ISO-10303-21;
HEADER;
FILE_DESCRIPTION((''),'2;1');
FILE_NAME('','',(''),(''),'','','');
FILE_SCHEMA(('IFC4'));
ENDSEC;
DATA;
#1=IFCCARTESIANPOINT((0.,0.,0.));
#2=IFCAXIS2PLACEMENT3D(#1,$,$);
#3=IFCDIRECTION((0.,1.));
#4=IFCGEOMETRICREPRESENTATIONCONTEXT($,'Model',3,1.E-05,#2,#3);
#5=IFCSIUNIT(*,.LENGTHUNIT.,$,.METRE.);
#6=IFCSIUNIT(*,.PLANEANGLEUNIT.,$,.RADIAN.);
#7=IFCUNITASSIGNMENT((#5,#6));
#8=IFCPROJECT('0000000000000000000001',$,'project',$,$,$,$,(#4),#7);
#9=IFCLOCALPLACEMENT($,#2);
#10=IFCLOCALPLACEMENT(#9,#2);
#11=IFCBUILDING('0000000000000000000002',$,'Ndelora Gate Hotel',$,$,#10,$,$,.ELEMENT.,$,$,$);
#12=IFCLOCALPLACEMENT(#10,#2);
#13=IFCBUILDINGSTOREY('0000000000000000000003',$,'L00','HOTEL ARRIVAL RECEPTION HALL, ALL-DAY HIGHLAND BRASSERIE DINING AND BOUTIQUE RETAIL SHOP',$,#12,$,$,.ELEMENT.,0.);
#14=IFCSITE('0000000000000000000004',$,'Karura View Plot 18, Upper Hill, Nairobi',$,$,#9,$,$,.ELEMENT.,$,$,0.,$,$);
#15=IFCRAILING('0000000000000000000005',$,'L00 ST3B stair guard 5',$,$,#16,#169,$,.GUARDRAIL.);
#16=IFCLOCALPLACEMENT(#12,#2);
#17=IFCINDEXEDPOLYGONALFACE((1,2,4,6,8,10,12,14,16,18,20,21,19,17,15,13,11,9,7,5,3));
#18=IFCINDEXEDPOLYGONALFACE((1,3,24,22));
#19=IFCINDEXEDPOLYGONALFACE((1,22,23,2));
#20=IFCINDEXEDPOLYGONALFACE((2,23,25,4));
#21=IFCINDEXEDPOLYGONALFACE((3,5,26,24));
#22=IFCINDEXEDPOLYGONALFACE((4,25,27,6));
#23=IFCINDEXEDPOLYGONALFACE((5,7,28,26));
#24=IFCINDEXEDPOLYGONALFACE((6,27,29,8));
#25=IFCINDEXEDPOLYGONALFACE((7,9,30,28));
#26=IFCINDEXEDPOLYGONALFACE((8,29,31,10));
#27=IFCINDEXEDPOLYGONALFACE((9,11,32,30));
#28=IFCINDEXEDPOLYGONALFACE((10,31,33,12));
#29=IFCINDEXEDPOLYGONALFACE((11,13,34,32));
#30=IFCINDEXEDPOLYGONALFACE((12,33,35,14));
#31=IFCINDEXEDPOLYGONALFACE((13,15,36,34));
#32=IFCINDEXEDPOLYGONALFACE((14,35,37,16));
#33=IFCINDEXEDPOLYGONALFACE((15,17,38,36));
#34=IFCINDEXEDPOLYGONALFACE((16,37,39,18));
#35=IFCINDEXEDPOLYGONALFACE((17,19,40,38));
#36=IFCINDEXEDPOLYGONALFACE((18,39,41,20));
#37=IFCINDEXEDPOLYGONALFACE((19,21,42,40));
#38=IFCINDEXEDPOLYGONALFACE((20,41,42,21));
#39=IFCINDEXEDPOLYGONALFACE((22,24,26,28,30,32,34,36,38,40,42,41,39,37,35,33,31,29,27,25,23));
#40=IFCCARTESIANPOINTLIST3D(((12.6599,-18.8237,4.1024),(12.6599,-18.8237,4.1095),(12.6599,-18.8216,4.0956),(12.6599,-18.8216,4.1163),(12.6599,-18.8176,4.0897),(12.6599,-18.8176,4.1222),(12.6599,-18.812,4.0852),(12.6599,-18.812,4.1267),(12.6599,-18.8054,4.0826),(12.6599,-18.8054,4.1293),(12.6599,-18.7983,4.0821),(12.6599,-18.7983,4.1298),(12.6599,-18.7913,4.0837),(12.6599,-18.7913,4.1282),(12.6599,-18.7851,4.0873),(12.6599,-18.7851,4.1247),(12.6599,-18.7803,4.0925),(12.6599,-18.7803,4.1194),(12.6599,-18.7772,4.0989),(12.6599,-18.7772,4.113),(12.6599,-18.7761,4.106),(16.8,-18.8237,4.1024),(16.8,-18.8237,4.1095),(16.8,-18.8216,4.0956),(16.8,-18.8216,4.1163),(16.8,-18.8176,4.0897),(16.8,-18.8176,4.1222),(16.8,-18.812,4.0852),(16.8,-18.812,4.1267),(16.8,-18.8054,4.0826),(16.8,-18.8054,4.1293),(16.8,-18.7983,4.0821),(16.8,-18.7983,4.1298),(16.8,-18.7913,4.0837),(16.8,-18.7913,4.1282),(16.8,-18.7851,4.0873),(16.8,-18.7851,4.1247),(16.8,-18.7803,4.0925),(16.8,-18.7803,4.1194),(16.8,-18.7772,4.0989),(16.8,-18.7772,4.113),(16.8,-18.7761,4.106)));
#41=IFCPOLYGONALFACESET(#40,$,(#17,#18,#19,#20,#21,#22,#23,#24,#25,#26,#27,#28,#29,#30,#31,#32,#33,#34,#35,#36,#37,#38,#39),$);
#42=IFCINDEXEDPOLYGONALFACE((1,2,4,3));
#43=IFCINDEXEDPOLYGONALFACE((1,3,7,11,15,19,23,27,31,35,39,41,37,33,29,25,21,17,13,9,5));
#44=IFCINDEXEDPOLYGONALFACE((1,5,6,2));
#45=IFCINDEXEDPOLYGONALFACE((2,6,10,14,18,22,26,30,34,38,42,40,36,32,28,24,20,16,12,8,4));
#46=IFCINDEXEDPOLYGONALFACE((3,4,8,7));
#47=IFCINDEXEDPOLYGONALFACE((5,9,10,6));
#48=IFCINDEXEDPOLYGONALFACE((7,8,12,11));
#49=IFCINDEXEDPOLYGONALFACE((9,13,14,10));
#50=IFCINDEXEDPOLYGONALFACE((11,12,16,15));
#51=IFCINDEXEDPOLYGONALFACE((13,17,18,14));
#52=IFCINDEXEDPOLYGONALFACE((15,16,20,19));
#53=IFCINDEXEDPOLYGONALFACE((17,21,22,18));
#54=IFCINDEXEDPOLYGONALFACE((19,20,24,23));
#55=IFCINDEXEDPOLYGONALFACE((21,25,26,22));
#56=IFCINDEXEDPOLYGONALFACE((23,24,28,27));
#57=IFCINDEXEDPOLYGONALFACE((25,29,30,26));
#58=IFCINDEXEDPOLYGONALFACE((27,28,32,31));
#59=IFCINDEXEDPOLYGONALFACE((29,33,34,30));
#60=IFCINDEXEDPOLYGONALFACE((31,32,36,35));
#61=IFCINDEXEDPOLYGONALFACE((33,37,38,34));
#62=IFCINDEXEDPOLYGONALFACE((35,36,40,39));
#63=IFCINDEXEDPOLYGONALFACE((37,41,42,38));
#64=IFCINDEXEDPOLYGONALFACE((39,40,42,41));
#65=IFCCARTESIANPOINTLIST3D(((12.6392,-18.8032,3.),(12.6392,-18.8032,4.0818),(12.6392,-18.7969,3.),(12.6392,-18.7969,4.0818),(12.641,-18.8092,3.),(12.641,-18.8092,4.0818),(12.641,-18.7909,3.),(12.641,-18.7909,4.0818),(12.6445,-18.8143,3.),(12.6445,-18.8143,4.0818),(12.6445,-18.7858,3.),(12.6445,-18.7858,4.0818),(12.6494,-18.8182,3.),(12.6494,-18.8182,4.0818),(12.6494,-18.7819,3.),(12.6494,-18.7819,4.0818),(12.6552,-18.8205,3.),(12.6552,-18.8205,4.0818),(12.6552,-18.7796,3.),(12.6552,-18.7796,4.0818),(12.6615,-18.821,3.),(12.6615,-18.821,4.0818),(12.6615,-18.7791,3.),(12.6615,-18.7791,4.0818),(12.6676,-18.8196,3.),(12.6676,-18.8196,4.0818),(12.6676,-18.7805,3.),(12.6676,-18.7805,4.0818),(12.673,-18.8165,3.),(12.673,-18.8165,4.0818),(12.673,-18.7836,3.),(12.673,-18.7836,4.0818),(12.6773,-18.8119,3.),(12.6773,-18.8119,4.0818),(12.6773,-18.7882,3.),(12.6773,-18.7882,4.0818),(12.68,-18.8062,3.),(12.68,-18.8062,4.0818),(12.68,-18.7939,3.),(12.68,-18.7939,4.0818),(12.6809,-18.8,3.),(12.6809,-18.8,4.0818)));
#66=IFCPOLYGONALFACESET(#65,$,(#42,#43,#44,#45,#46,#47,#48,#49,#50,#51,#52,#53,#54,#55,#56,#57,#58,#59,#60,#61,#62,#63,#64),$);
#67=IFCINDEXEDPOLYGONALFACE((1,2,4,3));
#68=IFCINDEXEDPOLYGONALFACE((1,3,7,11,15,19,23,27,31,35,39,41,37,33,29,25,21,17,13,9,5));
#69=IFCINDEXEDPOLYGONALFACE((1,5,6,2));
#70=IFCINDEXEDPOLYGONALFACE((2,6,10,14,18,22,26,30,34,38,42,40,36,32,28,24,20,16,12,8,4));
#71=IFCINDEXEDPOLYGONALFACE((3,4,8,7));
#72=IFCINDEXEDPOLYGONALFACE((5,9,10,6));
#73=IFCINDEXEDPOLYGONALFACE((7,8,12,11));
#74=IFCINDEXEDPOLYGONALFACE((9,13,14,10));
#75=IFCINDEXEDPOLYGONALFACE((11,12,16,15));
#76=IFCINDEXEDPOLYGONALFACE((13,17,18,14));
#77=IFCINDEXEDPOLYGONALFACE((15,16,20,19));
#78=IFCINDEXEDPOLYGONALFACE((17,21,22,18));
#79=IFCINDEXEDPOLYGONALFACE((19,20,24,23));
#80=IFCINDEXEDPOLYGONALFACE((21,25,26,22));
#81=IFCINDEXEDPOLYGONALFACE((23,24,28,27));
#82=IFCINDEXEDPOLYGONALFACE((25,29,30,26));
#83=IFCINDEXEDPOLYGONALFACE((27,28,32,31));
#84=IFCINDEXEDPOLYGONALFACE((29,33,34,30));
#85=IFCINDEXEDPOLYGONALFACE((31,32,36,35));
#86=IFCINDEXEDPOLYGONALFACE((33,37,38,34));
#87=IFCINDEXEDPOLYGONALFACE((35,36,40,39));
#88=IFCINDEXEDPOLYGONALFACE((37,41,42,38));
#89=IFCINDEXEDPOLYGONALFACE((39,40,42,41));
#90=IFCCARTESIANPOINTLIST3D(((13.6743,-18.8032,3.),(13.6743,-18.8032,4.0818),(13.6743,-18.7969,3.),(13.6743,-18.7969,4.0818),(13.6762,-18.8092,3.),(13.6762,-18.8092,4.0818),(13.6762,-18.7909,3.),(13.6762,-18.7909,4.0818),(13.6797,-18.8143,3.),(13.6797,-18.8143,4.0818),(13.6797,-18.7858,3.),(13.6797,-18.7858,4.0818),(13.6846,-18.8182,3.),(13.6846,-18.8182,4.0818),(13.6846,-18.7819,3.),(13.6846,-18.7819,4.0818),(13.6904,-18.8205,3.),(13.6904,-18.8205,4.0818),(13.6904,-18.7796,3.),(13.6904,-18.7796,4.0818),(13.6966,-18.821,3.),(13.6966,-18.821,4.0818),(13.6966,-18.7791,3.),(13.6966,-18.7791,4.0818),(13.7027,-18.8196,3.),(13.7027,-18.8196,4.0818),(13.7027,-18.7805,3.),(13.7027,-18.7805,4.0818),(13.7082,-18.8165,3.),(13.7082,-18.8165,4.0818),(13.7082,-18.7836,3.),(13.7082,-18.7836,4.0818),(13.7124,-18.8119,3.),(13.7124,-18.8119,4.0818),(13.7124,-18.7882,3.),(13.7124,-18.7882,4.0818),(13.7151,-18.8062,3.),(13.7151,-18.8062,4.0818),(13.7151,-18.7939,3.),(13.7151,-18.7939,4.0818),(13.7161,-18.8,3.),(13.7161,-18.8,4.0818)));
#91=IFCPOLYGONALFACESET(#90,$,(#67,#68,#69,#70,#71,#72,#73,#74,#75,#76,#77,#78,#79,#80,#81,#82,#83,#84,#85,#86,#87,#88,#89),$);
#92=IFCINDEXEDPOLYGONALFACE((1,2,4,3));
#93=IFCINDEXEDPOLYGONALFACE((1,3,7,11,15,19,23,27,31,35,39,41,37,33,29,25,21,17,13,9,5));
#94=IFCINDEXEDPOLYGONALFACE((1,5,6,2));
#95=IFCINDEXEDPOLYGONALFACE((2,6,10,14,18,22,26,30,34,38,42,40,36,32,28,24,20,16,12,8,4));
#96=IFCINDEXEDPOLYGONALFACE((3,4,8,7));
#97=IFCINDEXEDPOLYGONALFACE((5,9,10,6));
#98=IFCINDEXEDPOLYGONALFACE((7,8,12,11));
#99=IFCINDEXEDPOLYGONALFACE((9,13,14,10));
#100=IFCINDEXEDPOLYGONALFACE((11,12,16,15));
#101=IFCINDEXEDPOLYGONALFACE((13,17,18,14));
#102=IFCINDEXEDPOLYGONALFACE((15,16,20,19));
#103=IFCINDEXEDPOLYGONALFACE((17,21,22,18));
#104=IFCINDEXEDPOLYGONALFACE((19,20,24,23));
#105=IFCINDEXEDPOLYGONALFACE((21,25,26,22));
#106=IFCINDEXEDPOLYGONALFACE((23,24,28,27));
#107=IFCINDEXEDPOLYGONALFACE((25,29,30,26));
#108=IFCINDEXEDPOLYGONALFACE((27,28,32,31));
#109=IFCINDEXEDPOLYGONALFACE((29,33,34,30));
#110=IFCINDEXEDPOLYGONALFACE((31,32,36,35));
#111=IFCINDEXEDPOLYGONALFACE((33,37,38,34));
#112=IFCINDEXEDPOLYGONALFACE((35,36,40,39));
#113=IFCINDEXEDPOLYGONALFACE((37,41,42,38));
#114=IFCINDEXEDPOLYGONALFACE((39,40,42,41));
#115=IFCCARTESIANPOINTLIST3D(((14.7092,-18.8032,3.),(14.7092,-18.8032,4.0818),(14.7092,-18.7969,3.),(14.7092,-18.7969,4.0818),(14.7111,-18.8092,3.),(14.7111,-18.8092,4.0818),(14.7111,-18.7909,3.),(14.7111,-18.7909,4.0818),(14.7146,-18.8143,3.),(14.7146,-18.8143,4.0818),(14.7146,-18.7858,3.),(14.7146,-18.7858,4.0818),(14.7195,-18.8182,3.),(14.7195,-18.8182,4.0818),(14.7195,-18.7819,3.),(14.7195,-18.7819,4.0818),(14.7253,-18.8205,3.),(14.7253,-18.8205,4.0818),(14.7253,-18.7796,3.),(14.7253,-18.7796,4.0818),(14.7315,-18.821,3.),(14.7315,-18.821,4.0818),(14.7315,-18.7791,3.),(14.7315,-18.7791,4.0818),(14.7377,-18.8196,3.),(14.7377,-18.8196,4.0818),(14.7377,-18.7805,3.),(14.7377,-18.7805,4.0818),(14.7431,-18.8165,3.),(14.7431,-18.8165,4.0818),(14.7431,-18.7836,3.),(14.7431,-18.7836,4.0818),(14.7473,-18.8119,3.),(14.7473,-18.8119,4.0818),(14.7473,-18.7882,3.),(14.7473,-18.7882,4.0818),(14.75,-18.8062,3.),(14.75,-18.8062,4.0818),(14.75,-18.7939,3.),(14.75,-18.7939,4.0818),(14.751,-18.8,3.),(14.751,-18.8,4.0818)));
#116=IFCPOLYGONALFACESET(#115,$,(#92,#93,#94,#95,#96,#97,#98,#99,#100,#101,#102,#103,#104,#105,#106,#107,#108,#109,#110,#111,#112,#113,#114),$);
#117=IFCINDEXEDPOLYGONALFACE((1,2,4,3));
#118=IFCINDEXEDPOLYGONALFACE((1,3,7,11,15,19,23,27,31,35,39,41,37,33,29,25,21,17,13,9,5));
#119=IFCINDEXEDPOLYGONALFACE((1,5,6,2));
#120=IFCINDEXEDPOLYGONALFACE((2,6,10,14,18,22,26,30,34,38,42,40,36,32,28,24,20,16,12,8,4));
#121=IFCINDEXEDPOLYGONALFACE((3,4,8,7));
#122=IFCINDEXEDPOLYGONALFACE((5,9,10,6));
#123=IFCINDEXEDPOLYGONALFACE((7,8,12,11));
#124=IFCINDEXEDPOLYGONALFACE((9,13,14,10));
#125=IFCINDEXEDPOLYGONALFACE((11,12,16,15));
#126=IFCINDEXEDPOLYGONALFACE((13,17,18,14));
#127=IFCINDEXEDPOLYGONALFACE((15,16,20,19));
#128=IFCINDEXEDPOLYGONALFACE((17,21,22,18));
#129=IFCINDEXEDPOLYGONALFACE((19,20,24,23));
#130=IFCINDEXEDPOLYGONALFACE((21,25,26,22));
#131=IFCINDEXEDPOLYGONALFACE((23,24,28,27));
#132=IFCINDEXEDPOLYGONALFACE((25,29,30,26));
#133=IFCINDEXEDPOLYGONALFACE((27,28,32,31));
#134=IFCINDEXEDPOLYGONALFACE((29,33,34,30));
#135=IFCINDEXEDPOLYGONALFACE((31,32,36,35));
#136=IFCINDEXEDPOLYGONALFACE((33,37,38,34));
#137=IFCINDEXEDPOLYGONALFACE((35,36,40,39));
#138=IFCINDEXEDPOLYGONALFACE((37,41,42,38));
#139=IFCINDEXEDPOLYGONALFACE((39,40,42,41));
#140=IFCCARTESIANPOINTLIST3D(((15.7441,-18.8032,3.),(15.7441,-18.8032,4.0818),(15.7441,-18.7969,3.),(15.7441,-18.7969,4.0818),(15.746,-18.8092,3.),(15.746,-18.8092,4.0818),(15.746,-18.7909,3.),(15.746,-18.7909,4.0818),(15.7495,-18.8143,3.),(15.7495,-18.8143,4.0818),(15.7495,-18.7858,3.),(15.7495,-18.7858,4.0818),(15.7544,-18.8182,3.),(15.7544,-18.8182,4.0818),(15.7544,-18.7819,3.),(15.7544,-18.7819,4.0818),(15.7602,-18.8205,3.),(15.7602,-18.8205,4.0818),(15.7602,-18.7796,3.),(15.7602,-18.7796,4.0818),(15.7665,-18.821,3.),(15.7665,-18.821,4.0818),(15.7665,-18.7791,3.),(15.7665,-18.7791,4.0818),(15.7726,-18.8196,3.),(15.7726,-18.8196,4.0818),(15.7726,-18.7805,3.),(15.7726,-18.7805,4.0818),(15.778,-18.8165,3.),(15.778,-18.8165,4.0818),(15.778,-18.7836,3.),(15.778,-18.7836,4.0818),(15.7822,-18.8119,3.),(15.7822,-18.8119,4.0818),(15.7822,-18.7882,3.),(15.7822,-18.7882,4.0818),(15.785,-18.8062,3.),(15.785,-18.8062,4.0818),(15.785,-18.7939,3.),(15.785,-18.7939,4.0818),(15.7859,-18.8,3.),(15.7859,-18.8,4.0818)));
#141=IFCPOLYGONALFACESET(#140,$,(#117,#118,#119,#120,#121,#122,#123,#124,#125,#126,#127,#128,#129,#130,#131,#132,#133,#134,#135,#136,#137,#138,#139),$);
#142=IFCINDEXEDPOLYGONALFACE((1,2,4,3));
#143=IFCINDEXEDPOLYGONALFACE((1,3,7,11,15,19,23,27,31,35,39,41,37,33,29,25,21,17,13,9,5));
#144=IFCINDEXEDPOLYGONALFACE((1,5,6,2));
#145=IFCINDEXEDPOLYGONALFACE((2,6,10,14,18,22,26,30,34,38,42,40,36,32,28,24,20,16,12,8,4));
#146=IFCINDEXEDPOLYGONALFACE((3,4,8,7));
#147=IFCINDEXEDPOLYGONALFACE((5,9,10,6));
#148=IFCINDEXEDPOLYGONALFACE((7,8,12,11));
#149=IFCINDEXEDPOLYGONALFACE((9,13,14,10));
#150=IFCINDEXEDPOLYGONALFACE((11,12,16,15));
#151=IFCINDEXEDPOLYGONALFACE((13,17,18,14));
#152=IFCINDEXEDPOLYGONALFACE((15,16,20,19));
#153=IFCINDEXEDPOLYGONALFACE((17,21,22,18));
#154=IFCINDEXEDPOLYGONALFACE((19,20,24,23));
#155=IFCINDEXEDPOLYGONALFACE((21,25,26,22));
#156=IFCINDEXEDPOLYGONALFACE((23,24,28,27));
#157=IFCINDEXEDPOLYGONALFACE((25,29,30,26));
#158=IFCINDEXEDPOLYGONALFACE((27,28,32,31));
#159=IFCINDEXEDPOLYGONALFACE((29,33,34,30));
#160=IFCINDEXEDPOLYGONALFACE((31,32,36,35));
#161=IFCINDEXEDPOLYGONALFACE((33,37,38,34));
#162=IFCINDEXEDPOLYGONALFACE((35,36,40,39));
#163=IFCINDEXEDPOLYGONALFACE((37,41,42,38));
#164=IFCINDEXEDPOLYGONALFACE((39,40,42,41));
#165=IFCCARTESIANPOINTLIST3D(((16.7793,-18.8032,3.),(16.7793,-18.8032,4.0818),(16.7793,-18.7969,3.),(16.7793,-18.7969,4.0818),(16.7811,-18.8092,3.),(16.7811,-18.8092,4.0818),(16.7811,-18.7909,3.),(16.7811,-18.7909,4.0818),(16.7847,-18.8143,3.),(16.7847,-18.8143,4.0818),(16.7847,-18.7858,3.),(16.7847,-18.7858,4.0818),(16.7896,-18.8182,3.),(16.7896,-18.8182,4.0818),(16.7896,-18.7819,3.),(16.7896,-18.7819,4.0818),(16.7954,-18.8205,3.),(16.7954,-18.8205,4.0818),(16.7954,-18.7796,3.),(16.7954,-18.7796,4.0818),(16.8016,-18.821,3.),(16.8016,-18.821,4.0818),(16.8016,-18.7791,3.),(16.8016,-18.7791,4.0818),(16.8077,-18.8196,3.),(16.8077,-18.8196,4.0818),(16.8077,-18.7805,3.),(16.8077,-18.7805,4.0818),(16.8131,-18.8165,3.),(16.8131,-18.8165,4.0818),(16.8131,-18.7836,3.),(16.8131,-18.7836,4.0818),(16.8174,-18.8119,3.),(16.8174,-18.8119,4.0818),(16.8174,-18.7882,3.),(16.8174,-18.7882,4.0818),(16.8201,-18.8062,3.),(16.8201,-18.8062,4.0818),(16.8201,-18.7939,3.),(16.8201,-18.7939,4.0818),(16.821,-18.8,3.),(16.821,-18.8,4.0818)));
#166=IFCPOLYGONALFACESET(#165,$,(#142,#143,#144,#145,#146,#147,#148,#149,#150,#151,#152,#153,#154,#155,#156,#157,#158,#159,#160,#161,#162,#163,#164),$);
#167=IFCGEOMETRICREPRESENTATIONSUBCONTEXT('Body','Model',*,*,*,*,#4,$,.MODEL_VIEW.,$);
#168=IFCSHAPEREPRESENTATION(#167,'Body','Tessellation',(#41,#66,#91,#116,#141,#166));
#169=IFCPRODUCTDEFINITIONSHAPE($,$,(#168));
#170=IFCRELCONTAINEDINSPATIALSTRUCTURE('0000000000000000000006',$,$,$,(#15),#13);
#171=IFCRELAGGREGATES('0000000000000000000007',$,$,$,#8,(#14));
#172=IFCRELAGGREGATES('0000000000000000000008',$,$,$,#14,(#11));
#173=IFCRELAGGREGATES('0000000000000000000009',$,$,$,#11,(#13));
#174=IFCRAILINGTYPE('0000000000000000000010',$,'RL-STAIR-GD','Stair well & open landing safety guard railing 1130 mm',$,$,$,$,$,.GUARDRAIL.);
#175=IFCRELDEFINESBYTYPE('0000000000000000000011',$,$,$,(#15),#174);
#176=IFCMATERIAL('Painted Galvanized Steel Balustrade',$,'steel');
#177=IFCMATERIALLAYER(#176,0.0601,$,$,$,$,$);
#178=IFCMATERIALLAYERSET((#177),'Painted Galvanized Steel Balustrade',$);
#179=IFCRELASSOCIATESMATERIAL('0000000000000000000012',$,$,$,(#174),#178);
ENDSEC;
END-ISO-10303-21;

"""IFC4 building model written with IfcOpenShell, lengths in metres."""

from ifc_helpers import new_model, si_unit, direction, frame, origin, origin_2d, place, context, subcontext, project, spatial, circle, extrude, material, layer, layer_set, type_object, element, save


model = new_model("IFC4")

# Units and contexts
model_context = context("Model", 3, precision=1e-05, world=origin(), true_north=direction((0.0, 1.0)))
body_context = subcontext(model_context, "Body", "Model", "MODEL_VIEW")
ifc_project = project(units=[si_unit("LENGTHUNIT", "METRE"), si_unit("PLANEANGLEUNIT", "RADIAN")], contexts=[model_context])

# Site, building, storey
site_placement = place(None, origin())
site = spatial("IfcSite", under=ifc_project, at=site_placement, Name="Karura View Plot 18, Upper Hill, Nairobi", CompositionType="ELEMENT", RefElevation=0.0)
building_placement = place(site_placement, origin())
building = spatial("IfcBuilding", under=site, at=building_placement, Name="Ndelora Gate Hotel", CompositionType="ELEMENT")
storey_placement = place(building_placement, origin())
storey = spatial("IfcBuildingStorey", under=building, at=storey_placement, Name="L00", Description="HOTEL ARRIVAL RECEPTION HALL, ALL-DAY HIGHLAND BRASSERIE DINING AND BOUTIQUE RETAIL SHOP", CompositionType="ELEMENT", Elevation=0.0)

# Railing
ifc_material_1 = material(Name="Painted Galvanized Steel Balustrade", Category="steel")
ifc_layer_1 = layer(ifc_material_1, 0.0601)
ifc_layer_set_1 = layer_set([ifc_layer_1], Name="Painted Galvanized Steel Balustrade")
railing_type_1 = type_object("IfcRailingType", Name="RL-STAIR-GD", Description="Stair well & open landing safety guard railing 1130 mm", PredefinedType="GUARDRAIL", material=ifc_layer_set_1)
railing_1_placement = place(storey_placement, frame((12.6599, -18.8, 3.0)))
element("IfcRailing", 1, at=railing_1_placement, inside=storey, type_object=railing_type_1, Name="L00 ST3B stair guard 5", PredefinedType="GUARDRAIL", context=body_context, shape_type="SweptSolid", body=[
    extrude(circle(Radius=0.0239, at=origin_2d()), frame((0.0, 0.0, 1.106), z_axis=(1.0, 0.0, 0.0), x_axis=(0.0, 1.0, 0.0)), (0.0, 0.0, 1.0), 4.1401),
    extrude(circle(Radius=0.021, at=origin_2d()), origin(), (0.0, 0.0, 1.0), 1.0818),
    extrude(circle(Radius=0.021, at=origin_2d()), frame((1.0352, 0.0, 0.0)), (0.0, 0.0, 1.0), 1.0818),
    extrude(circle(Radius=0.021, at=origin_2d()), frame((2.0701, 0.0, 0.0)), (0.0, 0.0, 1.0), 1.0818),
    extrude(circle(Radius=0.021, at=origin_2d()), frame((3.105, 0.0, 0.0)), (0.0, 0.0, 1.0), 1.0818),
    extrude(circle(Radius=0.021, at=origin_2d()), frame((4.1401, 0.0, 0.0)), (0.0, 0.0, 1.0), 1.0818),
])

save(model, "model.ifc")
